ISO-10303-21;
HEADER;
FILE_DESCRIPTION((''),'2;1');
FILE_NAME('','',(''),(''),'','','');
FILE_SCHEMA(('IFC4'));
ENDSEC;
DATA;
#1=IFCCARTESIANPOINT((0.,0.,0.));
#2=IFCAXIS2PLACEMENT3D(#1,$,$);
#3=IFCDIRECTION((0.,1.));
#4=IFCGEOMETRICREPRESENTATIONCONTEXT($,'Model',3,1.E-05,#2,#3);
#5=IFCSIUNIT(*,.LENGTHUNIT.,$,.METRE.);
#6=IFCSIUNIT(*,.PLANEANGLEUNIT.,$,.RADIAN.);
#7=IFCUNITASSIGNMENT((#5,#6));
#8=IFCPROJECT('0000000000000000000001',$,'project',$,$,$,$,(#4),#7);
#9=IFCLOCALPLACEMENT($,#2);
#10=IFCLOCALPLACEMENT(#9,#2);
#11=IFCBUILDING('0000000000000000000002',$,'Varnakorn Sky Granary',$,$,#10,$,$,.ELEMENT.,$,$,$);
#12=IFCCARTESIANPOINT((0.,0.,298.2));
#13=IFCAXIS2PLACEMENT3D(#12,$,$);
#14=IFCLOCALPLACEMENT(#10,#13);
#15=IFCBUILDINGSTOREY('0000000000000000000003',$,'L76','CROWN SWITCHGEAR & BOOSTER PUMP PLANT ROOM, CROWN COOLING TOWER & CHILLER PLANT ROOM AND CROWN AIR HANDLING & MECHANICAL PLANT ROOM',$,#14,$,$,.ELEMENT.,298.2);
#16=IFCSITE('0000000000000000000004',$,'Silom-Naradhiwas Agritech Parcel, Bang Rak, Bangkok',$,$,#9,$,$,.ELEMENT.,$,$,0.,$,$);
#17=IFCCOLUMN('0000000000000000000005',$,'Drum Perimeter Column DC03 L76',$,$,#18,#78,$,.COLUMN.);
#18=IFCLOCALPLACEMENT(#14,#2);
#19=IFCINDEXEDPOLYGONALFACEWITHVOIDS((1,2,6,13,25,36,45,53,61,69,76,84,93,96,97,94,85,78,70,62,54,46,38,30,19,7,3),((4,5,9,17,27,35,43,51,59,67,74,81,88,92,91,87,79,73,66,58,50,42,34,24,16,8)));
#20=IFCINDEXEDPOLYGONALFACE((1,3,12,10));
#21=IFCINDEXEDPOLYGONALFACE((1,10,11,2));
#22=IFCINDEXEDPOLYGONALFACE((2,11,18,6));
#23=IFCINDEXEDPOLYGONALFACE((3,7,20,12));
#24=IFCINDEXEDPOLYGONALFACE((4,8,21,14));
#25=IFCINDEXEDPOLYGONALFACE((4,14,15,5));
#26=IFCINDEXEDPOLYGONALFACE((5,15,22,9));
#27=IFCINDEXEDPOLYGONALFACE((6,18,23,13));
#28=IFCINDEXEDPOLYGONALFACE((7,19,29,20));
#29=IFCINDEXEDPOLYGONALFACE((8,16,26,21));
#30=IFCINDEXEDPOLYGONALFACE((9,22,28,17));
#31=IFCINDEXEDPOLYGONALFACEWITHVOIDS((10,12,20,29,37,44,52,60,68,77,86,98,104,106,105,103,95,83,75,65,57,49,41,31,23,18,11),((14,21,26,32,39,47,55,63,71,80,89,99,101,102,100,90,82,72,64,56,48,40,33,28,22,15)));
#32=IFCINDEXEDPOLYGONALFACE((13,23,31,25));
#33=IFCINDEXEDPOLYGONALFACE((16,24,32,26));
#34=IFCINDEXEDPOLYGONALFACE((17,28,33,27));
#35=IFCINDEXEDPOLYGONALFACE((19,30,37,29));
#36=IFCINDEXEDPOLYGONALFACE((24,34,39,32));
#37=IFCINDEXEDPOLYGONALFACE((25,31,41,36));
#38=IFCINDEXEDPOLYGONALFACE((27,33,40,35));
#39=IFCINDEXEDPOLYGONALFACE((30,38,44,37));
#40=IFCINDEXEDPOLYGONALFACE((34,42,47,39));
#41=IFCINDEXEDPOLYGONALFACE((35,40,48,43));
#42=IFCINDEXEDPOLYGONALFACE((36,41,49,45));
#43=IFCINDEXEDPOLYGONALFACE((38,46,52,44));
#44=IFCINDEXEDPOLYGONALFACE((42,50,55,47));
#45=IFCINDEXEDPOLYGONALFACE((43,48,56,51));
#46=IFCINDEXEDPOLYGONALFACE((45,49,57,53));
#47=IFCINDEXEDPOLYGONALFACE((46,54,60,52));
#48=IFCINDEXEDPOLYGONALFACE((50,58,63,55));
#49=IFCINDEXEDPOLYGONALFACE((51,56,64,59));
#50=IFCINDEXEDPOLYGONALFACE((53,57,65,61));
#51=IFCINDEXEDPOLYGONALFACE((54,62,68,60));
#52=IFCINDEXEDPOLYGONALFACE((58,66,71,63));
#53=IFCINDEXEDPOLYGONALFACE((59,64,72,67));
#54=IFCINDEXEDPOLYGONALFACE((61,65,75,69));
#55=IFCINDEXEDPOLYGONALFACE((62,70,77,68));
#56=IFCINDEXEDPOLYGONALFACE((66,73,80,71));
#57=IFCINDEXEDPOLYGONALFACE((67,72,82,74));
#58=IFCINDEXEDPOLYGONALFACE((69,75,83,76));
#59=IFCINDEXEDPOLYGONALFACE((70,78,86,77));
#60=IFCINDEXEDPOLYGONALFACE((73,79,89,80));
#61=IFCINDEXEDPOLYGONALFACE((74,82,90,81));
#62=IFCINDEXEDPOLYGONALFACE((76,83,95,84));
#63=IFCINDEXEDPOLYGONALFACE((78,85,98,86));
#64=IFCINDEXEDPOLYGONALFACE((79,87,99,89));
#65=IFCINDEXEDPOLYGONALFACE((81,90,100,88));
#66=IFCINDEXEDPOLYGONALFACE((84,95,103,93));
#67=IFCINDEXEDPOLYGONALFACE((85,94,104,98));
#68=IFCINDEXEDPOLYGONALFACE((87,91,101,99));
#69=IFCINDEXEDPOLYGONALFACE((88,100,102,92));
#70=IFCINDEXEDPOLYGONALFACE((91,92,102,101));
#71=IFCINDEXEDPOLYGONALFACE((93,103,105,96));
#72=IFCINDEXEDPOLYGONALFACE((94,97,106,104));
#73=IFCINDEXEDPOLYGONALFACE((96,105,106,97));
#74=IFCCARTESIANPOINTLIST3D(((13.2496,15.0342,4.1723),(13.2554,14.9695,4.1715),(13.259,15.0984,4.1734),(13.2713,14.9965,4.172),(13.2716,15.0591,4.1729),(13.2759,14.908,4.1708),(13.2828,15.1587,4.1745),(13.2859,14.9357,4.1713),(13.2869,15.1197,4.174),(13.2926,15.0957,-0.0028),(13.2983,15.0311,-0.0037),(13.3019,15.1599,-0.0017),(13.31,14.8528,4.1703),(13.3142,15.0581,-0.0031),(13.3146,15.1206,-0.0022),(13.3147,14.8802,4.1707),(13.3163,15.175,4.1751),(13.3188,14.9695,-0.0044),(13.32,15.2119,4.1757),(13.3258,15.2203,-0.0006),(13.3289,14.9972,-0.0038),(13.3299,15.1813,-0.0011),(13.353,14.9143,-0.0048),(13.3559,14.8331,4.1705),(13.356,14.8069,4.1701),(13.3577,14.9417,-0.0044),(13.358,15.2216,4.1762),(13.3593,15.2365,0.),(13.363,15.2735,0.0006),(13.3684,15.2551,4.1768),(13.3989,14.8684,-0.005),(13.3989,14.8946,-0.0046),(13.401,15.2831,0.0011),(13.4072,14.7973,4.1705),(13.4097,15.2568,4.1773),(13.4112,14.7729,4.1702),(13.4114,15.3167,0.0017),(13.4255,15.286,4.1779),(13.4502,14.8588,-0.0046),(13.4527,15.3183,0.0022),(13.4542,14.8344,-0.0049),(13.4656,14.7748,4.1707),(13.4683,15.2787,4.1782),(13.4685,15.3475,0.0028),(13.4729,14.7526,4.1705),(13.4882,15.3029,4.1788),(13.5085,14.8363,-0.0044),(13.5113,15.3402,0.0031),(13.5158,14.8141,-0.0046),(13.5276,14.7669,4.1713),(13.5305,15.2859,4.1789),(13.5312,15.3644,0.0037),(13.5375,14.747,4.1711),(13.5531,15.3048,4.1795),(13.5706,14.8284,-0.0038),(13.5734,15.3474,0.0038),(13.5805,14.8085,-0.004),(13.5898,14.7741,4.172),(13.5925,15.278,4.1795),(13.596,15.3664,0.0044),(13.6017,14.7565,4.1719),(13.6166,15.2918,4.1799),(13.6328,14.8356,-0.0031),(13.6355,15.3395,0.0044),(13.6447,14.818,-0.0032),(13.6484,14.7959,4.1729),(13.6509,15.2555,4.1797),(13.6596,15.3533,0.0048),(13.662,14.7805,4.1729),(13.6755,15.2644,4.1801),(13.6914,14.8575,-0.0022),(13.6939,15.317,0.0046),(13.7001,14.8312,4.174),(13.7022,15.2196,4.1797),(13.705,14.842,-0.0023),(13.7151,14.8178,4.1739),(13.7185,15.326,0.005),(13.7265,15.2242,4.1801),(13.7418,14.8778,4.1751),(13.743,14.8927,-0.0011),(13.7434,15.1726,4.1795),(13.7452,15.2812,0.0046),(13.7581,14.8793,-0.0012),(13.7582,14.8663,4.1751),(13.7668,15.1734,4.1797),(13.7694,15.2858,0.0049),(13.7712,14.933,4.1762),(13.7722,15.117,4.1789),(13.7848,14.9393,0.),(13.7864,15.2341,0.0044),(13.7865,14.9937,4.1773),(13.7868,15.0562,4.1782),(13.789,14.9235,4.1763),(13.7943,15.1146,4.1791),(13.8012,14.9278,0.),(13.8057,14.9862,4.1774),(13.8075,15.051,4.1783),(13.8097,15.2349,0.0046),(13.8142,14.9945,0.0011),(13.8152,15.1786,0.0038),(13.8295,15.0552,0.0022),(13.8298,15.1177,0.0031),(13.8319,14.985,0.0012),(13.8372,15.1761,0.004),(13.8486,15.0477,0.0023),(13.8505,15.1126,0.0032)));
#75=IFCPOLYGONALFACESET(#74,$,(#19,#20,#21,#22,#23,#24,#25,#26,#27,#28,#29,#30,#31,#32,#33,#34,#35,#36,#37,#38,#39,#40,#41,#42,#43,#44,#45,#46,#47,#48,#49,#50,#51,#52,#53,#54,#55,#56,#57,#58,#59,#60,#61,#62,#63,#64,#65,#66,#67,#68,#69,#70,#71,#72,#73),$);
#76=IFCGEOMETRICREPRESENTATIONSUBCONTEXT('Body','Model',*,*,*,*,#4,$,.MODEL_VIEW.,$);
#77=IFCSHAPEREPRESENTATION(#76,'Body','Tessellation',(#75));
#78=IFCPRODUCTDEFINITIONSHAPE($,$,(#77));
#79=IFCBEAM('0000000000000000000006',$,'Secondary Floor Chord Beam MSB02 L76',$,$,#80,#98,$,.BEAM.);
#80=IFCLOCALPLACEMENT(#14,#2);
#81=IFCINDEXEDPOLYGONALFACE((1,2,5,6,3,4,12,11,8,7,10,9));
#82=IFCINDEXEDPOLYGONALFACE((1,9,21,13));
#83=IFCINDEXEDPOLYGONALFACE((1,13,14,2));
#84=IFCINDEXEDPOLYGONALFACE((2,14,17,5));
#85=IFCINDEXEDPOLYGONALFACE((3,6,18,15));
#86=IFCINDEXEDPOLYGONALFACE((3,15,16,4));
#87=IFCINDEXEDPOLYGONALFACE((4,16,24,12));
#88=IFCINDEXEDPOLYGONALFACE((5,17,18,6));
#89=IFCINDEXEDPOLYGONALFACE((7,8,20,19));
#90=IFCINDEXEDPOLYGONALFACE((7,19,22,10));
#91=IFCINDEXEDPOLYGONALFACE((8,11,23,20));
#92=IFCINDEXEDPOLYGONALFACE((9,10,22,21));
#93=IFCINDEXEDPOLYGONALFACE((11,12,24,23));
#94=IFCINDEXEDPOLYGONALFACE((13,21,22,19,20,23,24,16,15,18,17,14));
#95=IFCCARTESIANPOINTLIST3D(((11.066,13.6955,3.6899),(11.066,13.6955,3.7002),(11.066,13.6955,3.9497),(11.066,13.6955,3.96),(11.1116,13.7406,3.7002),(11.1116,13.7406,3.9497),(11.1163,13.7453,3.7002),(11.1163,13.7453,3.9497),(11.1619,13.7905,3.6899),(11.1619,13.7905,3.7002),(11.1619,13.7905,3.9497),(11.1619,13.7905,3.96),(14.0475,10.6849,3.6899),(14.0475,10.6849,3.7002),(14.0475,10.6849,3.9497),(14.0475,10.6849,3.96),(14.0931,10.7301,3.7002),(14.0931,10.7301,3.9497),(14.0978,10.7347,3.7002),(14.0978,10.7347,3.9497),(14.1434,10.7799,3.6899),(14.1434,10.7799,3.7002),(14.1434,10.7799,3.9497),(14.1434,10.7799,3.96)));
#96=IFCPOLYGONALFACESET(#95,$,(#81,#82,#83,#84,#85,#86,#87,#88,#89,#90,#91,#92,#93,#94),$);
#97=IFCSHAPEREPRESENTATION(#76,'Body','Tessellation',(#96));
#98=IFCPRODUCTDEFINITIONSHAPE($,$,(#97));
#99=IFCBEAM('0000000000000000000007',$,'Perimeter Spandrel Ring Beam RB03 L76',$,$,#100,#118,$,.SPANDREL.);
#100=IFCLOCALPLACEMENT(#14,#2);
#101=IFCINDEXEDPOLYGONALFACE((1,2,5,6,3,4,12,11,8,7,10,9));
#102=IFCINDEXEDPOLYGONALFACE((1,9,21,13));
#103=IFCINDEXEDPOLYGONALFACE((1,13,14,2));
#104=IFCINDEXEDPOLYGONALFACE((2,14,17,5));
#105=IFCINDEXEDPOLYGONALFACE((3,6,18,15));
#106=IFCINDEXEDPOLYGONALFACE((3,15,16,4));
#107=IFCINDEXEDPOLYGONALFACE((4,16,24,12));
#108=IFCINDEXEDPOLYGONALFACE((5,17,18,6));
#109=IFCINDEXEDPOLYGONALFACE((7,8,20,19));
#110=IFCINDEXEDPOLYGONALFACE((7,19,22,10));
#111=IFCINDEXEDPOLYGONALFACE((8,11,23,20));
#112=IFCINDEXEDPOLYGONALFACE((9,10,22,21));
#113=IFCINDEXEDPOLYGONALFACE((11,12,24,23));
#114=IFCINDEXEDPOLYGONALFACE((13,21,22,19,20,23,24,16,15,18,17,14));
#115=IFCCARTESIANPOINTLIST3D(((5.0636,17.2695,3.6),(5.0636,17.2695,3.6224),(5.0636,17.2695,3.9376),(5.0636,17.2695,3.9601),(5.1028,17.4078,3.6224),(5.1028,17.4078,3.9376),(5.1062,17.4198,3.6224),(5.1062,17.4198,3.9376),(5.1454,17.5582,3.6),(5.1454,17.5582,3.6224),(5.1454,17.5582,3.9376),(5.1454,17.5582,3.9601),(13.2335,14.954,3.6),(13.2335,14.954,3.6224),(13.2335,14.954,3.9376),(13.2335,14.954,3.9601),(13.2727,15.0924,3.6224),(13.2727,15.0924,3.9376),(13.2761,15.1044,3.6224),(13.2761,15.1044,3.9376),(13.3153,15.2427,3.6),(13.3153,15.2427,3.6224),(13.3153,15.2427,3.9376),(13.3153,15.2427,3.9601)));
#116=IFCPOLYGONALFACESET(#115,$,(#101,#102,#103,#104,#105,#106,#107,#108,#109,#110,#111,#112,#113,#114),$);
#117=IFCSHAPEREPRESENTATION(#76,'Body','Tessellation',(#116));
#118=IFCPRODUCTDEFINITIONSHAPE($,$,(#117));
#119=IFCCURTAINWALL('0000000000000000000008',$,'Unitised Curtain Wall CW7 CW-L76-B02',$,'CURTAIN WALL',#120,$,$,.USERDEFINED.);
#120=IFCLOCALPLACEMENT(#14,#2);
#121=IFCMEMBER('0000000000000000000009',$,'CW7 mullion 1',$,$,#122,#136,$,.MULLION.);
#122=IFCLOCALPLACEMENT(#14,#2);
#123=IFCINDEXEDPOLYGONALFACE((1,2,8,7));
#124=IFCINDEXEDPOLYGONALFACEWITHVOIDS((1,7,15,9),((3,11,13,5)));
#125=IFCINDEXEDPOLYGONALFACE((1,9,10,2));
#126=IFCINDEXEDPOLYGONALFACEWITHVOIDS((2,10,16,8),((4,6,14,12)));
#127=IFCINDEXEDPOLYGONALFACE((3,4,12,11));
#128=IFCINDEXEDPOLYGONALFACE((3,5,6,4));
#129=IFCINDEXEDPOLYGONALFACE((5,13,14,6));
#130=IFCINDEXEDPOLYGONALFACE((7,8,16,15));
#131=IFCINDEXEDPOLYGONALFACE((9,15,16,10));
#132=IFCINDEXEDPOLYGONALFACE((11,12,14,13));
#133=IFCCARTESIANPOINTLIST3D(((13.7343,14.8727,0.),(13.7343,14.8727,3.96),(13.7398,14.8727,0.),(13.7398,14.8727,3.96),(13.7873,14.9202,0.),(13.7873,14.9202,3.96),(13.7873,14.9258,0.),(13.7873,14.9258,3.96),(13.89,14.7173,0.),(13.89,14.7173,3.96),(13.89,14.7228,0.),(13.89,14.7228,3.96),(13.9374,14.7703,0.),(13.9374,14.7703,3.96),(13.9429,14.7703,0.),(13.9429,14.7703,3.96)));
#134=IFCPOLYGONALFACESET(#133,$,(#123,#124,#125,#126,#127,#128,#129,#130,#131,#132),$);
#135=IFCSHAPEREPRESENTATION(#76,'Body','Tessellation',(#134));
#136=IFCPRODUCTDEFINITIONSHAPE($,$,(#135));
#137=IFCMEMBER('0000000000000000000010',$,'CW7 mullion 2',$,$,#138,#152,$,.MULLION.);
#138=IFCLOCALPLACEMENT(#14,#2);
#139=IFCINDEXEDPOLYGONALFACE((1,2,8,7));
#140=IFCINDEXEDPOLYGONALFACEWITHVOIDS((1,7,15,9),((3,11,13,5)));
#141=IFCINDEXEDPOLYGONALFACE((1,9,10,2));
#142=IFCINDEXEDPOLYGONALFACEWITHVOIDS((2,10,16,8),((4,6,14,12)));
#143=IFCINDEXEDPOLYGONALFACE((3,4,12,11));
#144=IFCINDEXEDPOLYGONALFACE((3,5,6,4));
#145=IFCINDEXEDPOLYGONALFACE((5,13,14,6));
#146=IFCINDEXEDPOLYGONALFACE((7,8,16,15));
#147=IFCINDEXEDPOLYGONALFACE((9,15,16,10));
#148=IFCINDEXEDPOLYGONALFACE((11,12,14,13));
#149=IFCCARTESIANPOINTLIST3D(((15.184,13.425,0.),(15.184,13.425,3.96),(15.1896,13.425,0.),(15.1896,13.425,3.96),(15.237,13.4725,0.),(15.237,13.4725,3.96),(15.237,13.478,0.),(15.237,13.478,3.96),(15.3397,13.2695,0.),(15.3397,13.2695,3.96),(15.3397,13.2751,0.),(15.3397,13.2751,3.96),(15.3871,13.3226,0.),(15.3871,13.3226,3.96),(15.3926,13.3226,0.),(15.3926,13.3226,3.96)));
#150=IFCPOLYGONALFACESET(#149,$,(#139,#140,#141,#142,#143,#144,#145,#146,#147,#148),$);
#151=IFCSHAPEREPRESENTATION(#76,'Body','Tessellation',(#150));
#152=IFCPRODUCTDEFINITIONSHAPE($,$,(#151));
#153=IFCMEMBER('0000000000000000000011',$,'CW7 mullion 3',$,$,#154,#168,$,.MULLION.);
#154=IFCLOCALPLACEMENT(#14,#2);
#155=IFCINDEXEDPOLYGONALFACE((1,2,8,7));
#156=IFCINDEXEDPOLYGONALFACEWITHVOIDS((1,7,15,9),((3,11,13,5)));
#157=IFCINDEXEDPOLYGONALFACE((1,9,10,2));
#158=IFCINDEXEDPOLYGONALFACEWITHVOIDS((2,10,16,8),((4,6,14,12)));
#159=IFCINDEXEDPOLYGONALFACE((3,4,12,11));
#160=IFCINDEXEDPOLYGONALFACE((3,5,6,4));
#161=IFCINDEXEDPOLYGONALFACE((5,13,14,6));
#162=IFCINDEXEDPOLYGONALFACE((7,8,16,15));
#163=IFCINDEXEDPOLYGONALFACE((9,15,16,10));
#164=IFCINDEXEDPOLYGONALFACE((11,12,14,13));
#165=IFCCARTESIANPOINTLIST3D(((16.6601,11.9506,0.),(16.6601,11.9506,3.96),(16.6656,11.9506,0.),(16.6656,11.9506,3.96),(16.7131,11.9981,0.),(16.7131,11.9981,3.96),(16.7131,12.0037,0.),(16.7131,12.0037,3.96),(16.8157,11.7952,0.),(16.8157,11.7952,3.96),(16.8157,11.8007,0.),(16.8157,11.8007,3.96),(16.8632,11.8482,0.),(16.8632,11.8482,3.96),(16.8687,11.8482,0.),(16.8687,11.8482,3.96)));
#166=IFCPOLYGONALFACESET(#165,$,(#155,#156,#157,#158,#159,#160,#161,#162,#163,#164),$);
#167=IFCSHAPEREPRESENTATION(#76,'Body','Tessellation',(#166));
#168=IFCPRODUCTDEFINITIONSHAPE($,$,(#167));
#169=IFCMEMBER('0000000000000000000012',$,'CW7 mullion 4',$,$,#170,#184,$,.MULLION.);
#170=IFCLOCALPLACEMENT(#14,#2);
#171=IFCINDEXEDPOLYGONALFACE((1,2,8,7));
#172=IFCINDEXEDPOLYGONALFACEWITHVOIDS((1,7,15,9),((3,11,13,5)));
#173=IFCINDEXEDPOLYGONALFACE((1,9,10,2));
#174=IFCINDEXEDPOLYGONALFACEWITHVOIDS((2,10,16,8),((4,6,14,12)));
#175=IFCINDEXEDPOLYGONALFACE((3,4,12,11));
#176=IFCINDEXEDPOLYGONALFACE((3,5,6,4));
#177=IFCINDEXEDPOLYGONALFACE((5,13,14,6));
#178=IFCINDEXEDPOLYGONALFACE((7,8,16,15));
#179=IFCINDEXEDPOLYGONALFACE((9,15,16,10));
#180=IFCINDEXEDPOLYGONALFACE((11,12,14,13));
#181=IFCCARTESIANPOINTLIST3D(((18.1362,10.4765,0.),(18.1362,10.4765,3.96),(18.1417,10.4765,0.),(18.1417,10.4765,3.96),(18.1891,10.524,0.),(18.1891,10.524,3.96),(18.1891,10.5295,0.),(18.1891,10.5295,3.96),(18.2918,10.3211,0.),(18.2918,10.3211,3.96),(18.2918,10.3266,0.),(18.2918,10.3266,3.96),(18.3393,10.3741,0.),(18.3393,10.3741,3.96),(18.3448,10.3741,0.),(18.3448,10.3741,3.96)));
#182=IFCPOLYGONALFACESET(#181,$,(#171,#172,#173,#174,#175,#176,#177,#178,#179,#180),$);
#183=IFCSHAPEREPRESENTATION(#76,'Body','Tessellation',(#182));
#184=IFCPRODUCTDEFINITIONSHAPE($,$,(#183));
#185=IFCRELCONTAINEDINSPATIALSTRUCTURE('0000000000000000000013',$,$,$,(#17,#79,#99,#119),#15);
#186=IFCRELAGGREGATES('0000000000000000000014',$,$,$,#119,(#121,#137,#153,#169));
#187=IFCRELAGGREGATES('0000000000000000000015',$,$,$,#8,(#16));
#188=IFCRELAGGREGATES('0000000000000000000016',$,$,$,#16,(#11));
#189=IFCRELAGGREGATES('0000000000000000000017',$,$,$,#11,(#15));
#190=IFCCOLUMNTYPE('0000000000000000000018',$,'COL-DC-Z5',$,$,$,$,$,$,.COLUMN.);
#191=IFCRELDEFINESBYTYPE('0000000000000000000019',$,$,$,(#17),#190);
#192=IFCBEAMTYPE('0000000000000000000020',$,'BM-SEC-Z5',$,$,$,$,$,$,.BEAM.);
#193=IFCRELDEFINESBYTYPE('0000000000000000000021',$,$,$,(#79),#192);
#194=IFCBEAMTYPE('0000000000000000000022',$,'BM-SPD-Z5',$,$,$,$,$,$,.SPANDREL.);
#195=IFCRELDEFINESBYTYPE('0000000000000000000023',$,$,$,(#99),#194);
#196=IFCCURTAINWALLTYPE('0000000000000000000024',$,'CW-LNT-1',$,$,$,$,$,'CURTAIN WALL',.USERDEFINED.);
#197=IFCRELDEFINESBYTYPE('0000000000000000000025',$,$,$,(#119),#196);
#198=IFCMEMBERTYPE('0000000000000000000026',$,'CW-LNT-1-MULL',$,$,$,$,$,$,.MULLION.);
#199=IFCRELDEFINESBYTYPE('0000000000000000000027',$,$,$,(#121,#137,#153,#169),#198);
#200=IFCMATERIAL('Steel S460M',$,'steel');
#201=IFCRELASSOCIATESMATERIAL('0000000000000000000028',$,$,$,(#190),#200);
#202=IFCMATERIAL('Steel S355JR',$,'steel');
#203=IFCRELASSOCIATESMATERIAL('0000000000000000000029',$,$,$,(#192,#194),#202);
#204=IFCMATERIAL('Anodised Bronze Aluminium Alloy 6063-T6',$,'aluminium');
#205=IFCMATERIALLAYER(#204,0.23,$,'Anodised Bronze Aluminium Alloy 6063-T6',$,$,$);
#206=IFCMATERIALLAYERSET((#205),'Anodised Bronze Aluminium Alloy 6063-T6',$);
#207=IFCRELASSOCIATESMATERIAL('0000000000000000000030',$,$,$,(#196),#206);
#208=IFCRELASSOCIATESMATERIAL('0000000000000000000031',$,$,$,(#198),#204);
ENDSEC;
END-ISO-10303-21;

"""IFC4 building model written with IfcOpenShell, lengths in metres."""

from ifc_helpers import new_model, si_unit, direction, frame, origin, origin_2d, place, context, subcontext, project, spatial, hollow_rectangle, hollow_circle, i_section, extrude, material, layer, layer_set, material_profile, profile_set, type_object, element, aggregate, save


model = new_model("IFC4")

# Units and contexts
model_context = context("Model", 3, precision=1e-05, world=origin(), true_north=direction((0.0, 1.0)))
body_context = subcontext(model_context, "Body", "Model", "MODEL_VIEW")
ifc_project = project(units=[si_unit("LENGTHUNIT", "METRE"), si_unit("PLANEANGLEUNIT", "RADIAN")], contexts=[model_context])

# Site, building, storey
site_placement = place(None, origin())
site = spatial("IfcSite", under=ifc_project, at=site_placement, Name="Silom-Naradhiwas Agritech Parcel, Bang Rak, Bangkok", CompositionType="ELEMENT", RefElevation=0.0)
building_placement = place(site_placement, origin())
building = spatial("IfcBuilding", under=site, at=building_placement, Name="Varnakorn Sky Granary", CompositionType="ELEMENT")
storey_placement = place(building_placement, frame((0.0, 0.0, 298.2)))
storey = spatial("IfcBuildingStorey", under=building, at=storey_placement, Name="L76", Description="CROWN SWITCHGEAR & BOOSTER PUMP PLANT ROOM, CROWN COOLING TOWER & CHILLER PLANT ROOM AND CROWN AIR HANDLING & MECHANICAL PLANT ROOM", CompositionType="ELEMENT", Elevation=298.2)

# Column
ifc_material_1 = material(Name="Steel S460M", Category="steel")
ifc_material_profile_1 = material_profile(ifc_material_1, hollow_circle(Radius=0.2795, WallThickness=0.02, at=origin_2d()), Name="CHS 559x20")
ifc_profile_set_1 = profile_set([ifc_material_profile_1], Name="Steel S460M")
column_type = type_object("IfcColumnType", Name="COL-DC-Z5", PredefinedType="COLUMN", material=ifc_profile_set_1)
column_placement = place(storey_placement, frame((13.572, 15.0879, 0.0), z_axis=(-0.01029, -0.014734, 0.999839), x_axis=(0.819843, -0.572589, 0.0)))
element("IfcColumn", 1, at=column_placement, inside=storey, type_object=column_type, Name="Drum Perimeter Column DC03 L76", PredefinedType="COLUMN", context=body_context, shape_type="SweptSolid", body=[
    extrude(hollow_circle(Radius=0.2795, WallThickness=0.02, at=origin_2d()), origin(), (0.0, 0.0, 1.0), 4.1758),
])

# Beams
ifc_material_2 = material(Name="Steel S355JR", Category="steel")
ifc_material_profile_2 = material_profile(ifc_material_2, i_section(OverallWidth=0.135, OverallDepth=0.27, WebThickness=0.0066, FlangeThickness=0.0103, at=origin_2d()), Name="IPE 270")
ifc_profile_set_2 = profile_set([ifc_material_profile_2], Name="Steel S355JR")
beam_type_1 = type_object("IfcBeamType", Name="BM-SEC-Z5", PredefinedType="BEAM", material=ifc_profile_set_2)
beam_1_placement = place(storey_placement, frame((14.0955, 10.7324, 3.825), z_axis=(-0.70367, 0.710527, 0.0), x_axis=(-0.710527, -0.70367, 0.0)))
element("IfcBeam", 2, at=beam_1_placement, inside=storey, type_object=beam_type_1, Name="Secondary Floor Chord Beam MSB02 L76", PredefinedType="BEAM", context=body_context, shape_type="SweptSolid", body=[
    extrude(i_section(OverallWidth=0.135, OverallDepth=0.27, WebThickness=0.0066, FlangeThickness=0.0103, at=origin_2d()), origin(), (0.0, 0.0, 1.0), 4.2371),
])
ifc_material_profile_3 = material_profile(ifc_material_2, i_section(OverallWidth=0.3, OverallDepth=0.3601, WebThickness=0.0125, FlangeThickness=0.0225, at=origin_2d()), Name="HE 360 B")
ifc_profile_set_3 = profile_set([ifc_material_profile_3], Name="Steel S355JR")
beam_type_2 = type_object("IfcBeamType", Name="BM-SPD-Z5", PredefinedType="SPANDREL", material=ifc_profile_set_3)
beam_2_placement = place(storey_placement, frame((13.2744, 15.0984, 3.78), z_axis=(-0.962108, 0.27267, 0.0), x_axis=(-0.27267, -0.962108, 0.0)))
element("IfcBeam", 3, at=beam_2_placement, inside=storey, type_object=beam_type_2, Name="Perimeter Spandrel Ring Beam RB03 L76", PredefinedType="SPANDREL", context=body_context, shape_type="SweptSolid", body=[
    extrude(i_section(OverallWidth=0.3, OverallDepth=0.3601, WebThickness=0.0125, FlangeThickness=0.0225, at=origin_2d()), origin(), (0.0, 0.0, 1.0), 8.4917),
])

# Curtain wall, members
ifc_material_3 = material(Name="Anodised Bronze Aluminium Alloy 6063-T6", Category="aluminium")
ifc_layer_1 = layer(ifc_material_3, 0.23, Name="Anodised Bronze Aluminium Alloy 6063-T6")
ifc_layer_set_1 = layer_set([ifc_layer_1], Name="Anodised Bronze Aluminium Alloy 6063-T6")
curtain_wall_type = type_object("IfcCurtainWallType", Name="CW-LNT-1", ElementType="CURTAIN WALL", PredefinedType="USERDEFINED", material=ifc_layer_set_1)
curtain_wall_1_placement = place(storey_placement, origin())
curtain_wall_1 = element("IfcCurtainWall", 4, at=curtain_wall_1_placement, inside=storey, type_object=curtain_wall_type, Name="Unitised Curtain Wall CW7 CW-L76-B02", ObjectType="CURTAIN WALL", PredefinedType="USERDEFINED")
ifc_material_profile_4 = material_profile(ifc_material_3, hollow_rectangle(XDim=0.075, YDim=0.22, WallThickness=0.0039, at=origin_2d()), Name="ALU MULL 75x220")
ifc_profile_set_4 = profile_set([ifc_material_profile_4], Name="Anodised Bronze Aluminium Alloy 6063-T6")
member_type_1 = type_object("IfcMemberType", Name="CW-LNT-1-MULL", PredefinedType="MULLION", material=ifc_profile_set_4)
member_1_placement = place(storey_placement, frame((13.8386, 14.8215, 0.0), z_axis=(0.0, 0.0, 1.0), x_axis=(0.706663, 0.70755, 0.0)))
member_1 = element("IfcMember", 5, at=member_1_placement, type_object=member_type_1, Name="CW7 mullion 1", PredefinedType="MULLION", context=body_context, shape_type="SweptSolid", body=[
    extrude(hollow_rectangle(XDim=0.075, YDim=0.22, WallThickness=0.0039, at=origin_2d()), origin(), (0.0, 0.0, 1.0), 3.96),
])
member_2_placement = place(storey_placement, frame((15.2883, 13.3738, 0.0), z_axis=(0.0, 0.0, 1.0), x_axis=(0.706663, 0.70755, 0.0)))
member_2 = element("IfcMember", 6, at=member_2_placement, type_object=member_type_1, Name="CW7 mullion 2", PredefinedType="MULLION", context=body_context, shape_type="SweptSolid", body=[
    extrude(hollow_rectangle(XDim=0.075, YDim=0.22, WallThickness=0.0039, at=origin_2d()), origin(), (0.0, 0.0, 1.0), 3.96),
])
member_3_placement = place(storey_placement, frame((16.7644, 11.8994, 0.0), z_axis=(0.0, 0.0, 1.0), x_axis=(0.706663, 0.70755, 0.0)))
member_3 = element("IfcMember", 7, at=member_3_placement, type_object=member_type_1, Name="CW7 mullion 3", PredefinedType="MULLION", context=body_context, shape_type="SweptSolid", body=[
    extrude(hollow_rectangle(XDim=0.075, YDim=0.22, WallThickness=0.0039, at=origin_2d()), origin(), (0.0, 0.0, 1.0), 3.96),
])
member_4_placement = place(storey_placement, frame((18.2405, 10.4253, 0.0), z_axis=(0.0, 0.0, 1.0), x_axis=(0.706663, 0.70755, 0.0)))
member_4 = element("IfcMember", 8, at=member_4_placement, type_object=member_type_1, Name="CW7 mullion 4", PredefinedType="MULLION", context=body_context, shape_type="SweptSolid", body=[
    extrude(hollow_rectangle(XDim=0.075, YDim=0.22, WallThickness=0.0039, at=origin_2d()), origin(), (0.0, 0.0, 1.0), 3.96),
])

aggregate(curtain_wall_1, [member_1, member_2, member_3, member_4])

save(model, "model.ifc")
